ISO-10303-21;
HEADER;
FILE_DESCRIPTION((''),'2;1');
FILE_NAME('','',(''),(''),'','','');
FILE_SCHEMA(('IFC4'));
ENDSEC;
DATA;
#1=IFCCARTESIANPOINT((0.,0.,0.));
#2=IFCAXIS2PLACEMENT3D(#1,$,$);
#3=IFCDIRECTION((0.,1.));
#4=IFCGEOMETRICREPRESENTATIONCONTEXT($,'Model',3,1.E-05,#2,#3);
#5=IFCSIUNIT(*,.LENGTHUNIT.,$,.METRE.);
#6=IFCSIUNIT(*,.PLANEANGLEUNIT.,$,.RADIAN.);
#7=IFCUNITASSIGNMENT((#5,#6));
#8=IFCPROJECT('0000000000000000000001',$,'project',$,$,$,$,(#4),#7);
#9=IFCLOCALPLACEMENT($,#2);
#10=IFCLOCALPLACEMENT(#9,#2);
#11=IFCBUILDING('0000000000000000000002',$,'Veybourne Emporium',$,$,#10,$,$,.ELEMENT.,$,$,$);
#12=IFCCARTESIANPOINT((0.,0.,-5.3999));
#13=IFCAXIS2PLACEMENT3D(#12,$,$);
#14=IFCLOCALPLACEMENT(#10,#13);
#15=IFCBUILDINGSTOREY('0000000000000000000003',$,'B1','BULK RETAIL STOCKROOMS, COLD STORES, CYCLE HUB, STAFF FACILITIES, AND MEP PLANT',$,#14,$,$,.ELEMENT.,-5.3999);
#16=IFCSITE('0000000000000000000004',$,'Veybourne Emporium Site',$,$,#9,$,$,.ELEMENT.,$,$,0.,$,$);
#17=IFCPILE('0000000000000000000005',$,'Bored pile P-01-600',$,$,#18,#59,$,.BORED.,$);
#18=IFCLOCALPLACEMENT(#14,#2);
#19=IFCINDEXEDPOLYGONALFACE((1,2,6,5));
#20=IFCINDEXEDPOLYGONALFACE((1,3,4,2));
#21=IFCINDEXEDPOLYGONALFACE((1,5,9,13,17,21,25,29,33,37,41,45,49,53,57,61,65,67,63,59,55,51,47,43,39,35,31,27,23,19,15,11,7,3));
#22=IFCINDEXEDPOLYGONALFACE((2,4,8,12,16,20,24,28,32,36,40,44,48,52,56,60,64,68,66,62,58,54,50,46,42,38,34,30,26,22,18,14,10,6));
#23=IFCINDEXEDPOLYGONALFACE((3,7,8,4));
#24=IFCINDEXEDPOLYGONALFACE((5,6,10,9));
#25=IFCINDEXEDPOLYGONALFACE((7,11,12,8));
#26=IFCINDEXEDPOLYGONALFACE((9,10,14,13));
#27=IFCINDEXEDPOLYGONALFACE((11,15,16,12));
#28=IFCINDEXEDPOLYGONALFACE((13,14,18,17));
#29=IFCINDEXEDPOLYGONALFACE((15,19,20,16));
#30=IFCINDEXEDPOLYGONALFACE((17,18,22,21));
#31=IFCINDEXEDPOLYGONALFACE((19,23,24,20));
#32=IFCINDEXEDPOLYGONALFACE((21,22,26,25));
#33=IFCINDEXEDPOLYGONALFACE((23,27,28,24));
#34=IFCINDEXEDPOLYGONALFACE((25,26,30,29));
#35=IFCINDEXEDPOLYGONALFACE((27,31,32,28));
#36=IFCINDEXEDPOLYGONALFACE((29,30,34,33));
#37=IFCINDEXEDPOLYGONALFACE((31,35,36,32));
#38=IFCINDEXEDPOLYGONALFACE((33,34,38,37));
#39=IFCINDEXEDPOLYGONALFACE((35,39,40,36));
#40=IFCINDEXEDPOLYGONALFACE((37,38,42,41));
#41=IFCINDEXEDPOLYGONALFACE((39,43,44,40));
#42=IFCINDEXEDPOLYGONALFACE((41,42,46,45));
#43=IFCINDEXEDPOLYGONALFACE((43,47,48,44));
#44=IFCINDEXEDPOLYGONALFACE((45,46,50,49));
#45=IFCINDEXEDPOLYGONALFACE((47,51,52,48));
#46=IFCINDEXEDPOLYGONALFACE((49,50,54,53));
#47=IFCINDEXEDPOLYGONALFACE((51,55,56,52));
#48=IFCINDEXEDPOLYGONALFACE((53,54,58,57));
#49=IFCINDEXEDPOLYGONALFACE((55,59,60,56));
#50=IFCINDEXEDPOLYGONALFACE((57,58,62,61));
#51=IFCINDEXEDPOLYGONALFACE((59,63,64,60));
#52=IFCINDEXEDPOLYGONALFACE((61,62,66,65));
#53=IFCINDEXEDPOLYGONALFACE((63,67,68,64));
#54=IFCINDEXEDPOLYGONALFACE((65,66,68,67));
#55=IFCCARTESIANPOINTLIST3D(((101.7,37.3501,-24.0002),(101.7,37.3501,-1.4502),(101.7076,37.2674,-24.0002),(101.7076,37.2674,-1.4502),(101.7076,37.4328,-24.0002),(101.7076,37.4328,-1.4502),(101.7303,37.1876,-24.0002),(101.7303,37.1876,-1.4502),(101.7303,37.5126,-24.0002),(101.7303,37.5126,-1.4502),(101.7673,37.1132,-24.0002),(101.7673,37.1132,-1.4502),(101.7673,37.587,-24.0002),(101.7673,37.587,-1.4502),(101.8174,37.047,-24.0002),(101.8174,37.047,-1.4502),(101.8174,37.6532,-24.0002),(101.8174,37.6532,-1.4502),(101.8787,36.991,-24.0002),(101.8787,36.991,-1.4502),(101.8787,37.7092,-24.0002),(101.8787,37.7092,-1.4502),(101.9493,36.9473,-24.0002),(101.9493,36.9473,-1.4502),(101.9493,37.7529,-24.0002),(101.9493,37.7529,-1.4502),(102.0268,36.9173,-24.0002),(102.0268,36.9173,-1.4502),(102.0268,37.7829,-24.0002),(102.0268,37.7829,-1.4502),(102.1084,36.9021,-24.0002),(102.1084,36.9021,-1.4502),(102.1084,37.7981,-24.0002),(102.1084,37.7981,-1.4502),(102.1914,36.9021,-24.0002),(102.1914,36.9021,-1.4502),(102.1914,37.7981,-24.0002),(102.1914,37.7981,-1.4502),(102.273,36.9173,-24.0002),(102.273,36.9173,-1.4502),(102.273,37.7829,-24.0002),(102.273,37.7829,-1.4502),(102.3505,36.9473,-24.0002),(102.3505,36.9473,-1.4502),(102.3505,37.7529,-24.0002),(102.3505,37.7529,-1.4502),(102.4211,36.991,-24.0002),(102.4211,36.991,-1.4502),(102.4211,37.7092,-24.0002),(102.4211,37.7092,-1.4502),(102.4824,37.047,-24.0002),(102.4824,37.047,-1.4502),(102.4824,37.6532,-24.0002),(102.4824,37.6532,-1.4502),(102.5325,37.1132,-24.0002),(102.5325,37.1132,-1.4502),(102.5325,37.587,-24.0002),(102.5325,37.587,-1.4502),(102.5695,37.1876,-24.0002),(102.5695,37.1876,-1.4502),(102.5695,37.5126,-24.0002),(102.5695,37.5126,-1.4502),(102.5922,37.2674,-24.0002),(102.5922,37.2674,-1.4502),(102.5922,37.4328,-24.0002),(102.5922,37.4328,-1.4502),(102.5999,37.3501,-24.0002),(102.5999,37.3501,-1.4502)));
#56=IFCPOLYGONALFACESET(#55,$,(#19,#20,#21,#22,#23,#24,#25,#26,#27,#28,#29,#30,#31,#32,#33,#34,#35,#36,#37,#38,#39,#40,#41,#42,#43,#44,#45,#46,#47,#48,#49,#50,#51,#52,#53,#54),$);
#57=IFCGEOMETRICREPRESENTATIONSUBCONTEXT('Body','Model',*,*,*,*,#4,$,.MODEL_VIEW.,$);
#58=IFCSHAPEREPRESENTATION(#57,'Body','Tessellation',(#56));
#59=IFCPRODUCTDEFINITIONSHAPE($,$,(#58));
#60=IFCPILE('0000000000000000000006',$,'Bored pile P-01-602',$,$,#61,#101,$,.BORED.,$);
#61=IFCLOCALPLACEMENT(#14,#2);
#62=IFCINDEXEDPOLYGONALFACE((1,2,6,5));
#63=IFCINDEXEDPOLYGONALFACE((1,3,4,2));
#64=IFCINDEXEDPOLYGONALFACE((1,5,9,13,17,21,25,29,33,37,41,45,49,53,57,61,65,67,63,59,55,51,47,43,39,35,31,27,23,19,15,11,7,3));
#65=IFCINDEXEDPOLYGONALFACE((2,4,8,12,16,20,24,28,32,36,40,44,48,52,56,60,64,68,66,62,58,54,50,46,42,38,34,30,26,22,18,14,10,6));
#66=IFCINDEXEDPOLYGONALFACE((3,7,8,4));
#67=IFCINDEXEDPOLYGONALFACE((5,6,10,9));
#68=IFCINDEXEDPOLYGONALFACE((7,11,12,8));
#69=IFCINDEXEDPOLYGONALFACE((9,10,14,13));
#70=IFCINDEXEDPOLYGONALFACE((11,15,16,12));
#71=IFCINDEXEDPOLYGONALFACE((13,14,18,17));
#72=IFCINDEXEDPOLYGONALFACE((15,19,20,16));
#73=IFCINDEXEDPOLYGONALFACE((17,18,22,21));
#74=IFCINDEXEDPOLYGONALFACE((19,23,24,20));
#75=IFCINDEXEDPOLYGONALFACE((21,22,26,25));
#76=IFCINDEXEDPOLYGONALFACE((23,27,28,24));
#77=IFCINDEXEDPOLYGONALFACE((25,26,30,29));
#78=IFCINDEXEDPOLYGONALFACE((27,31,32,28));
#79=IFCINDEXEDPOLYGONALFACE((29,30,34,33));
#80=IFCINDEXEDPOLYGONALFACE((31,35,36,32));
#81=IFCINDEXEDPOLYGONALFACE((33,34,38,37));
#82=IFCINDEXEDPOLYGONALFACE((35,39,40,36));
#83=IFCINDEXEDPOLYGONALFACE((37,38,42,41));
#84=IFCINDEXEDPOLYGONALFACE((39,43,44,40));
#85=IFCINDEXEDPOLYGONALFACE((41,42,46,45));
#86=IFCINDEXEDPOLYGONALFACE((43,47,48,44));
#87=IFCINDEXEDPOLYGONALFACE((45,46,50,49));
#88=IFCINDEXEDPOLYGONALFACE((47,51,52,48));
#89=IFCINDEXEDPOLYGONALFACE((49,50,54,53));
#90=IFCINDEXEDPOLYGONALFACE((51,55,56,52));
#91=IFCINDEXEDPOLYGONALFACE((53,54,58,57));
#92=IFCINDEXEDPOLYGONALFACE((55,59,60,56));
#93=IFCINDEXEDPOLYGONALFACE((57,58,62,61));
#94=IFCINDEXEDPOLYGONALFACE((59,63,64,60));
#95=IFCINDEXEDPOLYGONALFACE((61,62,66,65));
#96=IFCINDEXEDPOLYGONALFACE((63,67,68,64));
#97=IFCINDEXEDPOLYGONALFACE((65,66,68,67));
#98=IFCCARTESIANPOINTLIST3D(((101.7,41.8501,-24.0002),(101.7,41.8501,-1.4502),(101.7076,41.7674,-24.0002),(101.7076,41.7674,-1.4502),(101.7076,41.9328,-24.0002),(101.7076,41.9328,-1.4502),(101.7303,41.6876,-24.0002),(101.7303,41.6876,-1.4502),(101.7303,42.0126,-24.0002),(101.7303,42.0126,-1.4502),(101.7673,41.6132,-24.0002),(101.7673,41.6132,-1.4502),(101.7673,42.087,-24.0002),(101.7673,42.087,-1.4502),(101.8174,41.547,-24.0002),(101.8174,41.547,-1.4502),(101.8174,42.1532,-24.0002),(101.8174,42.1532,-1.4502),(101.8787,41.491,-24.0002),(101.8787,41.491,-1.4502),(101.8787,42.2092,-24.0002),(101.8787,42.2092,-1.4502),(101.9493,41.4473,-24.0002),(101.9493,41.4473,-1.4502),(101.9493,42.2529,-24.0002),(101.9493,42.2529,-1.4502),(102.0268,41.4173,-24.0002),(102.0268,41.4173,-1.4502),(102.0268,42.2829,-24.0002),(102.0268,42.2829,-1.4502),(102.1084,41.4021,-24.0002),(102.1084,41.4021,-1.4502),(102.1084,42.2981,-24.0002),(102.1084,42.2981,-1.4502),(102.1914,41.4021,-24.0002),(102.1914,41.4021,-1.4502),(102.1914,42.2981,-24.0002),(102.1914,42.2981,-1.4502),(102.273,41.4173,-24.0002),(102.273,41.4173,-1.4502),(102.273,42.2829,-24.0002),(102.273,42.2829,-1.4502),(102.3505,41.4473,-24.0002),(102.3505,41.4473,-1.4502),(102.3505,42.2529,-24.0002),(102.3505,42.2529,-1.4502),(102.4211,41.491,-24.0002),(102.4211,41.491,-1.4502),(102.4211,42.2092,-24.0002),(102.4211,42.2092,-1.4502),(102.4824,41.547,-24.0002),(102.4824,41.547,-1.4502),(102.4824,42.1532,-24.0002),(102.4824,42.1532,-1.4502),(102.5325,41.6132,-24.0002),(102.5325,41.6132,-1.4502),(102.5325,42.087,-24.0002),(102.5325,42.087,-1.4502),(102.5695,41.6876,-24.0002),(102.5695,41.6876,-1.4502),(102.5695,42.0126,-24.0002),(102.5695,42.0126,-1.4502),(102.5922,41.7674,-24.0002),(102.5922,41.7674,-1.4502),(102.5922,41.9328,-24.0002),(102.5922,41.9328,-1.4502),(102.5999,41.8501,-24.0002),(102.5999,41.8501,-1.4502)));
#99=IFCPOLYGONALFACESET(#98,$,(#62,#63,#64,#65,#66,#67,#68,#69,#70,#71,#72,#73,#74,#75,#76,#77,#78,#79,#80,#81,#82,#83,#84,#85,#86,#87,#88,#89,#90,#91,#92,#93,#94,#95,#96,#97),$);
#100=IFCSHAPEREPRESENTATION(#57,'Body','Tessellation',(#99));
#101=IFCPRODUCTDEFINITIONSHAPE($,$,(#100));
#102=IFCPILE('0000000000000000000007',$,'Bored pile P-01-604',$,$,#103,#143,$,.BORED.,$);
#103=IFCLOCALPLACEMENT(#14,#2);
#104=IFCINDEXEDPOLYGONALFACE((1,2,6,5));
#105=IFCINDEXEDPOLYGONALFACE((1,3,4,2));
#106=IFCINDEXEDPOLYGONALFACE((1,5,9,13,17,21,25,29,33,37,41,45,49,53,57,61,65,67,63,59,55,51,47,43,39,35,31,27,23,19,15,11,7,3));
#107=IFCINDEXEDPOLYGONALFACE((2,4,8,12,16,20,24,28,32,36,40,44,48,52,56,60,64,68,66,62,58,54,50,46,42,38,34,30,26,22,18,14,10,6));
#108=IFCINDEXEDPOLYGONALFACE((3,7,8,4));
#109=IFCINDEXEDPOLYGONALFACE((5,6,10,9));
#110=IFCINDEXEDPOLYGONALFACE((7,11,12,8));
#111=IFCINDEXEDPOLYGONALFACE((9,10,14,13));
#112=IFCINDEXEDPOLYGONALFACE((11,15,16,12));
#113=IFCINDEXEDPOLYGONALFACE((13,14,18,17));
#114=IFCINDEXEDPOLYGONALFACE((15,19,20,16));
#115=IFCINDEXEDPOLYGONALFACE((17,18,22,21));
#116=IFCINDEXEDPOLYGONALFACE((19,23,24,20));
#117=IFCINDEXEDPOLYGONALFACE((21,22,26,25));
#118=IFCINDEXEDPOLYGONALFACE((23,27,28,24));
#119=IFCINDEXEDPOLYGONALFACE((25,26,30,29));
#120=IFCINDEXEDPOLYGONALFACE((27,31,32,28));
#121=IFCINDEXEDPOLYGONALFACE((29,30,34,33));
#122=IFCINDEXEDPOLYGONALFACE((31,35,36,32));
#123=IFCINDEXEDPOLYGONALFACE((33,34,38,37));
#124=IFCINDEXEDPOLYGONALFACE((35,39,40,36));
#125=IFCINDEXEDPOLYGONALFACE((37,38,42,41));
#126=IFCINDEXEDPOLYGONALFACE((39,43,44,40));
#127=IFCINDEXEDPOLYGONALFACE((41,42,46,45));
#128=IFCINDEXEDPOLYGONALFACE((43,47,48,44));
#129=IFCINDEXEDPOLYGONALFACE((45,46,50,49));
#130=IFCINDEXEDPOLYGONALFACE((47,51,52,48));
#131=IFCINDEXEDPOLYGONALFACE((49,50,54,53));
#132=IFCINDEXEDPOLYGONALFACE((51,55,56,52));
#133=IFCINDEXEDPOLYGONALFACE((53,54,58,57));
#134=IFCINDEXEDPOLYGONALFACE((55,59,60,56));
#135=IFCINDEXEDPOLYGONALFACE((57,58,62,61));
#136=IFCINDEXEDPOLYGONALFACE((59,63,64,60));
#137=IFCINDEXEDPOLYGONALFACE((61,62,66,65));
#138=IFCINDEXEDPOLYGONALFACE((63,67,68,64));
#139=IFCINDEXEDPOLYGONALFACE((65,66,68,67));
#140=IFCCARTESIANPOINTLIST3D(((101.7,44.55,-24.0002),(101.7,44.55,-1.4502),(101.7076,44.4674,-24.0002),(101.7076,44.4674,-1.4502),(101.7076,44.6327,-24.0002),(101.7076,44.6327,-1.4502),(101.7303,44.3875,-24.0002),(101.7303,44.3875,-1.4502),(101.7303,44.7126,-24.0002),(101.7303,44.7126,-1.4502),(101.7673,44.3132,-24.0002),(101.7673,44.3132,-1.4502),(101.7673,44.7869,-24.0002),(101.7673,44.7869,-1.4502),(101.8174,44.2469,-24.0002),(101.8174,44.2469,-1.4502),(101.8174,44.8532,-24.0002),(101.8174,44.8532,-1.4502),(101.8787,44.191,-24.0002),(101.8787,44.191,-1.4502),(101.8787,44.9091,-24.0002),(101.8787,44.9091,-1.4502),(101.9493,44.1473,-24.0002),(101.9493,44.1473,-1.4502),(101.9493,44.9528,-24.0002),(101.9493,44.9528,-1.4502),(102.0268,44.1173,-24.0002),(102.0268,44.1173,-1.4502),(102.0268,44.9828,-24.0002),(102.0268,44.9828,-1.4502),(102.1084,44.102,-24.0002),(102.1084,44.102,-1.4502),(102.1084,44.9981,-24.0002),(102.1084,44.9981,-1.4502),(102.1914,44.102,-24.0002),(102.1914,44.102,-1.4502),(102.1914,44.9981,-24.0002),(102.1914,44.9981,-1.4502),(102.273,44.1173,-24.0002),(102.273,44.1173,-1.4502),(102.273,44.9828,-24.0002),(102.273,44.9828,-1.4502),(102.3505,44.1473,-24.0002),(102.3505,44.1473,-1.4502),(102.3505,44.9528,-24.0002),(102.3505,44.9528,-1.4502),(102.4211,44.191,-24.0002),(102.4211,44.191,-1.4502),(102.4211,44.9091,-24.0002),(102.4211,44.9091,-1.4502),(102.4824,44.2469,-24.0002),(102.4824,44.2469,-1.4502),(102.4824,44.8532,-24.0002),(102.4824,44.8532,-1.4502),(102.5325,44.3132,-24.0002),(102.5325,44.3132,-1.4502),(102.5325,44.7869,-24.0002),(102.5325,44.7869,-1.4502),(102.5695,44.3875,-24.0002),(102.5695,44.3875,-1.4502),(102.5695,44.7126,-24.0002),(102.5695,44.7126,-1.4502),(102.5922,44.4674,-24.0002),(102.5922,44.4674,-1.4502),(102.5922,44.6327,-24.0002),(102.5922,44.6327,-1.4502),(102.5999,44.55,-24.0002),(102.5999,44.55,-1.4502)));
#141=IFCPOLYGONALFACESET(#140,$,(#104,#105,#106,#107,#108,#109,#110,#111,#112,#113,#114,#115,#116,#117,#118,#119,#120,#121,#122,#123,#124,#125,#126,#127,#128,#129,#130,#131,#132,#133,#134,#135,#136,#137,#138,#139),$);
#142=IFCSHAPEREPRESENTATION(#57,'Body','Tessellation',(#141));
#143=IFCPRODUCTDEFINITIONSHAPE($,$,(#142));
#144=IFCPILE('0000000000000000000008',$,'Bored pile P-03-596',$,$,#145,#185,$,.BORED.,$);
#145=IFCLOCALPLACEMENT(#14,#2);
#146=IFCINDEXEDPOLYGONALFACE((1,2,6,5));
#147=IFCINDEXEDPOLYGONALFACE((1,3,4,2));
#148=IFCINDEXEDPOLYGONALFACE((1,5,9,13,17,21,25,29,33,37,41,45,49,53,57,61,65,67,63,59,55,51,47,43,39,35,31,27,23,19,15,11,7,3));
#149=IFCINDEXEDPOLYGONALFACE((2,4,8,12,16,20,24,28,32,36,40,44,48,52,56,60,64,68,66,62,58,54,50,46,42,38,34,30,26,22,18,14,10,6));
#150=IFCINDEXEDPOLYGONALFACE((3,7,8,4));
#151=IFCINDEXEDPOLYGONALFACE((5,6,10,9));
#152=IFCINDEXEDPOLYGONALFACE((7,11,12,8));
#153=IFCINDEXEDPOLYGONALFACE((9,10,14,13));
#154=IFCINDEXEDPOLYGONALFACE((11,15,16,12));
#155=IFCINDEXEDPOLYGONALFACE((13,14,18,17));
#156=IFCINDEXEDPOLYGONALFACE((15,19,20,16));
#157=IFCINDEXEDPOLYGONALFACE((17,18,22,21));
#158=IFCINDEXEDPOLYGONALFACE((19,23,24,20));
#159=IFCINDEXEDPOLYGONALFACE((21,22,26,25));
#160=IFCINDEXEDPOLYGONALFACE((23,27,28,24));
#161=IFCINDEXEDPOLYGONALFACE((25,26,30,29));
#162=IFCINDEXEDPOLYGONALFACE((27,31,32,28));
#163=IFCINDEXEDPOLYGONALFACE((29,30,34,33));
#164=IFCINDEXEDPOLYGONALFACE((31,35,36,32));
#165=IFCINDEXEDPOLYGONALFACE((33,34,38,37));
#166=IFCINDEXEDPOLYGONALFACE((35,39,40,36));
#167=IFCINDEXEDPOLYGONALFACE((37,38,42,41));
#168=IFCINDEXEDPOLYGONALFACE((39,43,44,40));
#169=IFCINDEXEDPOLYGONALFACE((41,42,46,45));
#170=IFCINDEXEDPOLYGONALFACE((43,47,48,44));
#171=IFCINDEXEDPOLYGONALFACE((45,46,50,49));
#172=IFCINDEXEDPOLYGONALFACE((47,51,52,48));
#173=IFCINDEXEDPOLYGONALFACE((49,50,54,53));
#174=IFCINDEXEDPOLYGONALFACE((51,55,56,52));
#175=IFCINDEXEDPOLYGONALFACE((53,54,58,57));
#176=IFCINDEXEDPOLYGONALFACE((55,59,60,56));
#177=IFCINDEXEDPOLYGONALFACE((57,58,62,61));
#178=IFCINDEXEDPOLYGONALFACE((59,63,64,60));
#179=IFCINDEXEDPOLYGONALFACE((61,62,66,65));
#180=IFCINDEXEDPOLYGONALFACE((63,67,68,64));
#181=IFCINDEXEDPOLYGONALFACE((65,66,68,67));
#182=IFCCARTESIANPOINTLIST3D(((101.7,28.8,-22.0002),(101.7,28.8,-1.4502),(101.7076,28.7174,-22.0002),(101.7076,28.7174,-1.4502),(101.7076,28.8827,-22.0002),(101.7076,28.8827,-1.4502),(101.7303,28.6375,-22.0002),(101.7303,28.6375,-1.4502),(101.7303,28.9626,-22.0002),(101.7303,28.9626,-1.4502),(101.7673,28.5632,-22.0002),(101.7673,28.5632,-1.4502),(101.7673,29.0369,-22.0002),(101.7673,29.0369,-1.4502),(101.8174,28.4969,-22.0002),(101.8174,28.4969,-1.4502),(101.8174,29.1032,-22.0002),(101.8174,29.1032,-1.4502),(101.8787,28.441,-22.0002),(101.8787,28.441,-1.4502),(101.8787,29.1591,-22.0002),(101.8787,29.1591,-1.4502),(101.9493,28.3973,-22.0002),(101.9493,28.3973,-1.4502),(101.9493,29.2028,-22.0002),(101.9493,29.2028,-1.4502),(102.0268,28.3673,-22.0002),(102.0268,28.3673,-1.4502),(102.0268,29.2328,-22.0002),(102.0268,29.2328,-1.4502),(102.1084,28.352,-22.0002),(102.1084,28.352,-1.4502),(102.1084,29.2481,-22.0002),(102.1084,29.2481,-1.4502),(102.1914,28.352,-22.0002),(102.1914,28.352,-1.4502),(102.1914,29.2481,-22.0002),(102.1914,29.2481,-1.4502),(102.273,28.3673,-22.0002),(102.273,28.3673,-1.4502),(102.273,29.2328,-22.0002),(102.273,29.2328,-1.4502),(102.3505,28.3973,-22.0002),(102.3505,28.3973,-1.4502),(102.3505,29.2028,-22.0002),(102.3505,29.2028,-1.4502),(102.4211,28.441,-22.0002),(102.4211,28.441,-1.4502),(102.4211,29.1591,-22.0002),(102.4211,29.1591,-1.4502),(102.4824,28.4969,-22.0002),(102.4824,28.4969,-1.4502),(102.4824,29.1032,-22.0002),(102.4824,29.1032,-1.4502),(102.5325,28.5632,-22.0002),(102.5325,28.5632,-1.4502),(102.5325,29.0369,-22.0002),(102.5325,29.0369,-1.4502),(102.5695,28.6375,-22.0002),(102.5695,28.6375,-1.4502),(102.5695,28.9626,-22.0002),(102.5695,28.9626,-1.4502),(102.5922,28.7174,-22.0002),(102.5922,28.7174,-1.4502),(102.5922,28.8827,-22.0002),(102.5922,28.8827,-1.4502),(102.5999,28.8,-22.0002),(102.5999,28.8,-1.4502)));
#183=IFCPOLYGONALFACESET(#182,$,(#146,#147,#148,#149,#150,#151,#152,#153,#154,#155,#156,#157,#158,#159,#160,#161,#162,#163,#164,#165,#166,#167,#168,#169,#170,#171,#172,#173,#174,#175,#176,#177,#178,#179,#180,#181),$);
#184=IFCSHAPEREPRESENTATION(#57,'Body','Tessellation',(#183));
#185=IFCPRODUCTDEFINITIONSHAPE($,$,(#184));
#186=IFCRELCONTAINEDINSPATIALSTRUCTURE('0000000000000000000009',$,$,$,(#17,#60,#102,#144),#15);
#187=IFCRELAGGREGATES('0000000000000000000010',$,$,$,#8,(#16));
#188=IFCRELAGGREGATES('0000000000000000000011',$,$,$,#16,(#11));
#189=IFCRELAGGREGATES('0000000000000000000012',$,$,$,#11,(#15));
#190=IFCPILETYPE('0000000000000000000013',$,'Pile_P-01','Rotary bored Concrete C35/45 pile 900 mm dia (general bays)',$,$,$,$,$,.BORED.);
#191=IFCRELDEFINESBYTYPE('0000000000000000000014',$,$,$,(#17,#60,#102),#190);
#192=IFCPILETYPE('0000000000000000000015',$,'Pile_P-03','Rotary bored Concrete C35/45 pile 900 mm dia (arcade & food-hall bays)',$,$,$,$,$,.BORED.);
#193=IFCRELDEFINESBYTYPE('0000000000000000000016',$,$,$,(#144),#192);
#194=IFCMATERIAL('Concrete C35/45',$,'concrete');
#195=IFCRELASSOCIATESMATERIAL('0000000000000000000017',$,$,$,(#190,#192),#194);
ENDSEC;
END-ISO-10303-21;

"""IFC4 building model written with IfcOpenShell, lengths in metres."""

from ifc_helpers import new_model, si_unit, direction, frame, origin, origin_2d, place, context, subcontext, project, spatial, circle, extrude, material, material_profile, profile_set, type_object, element, save


model = new_model("IFC4")

# Units and contexts
model_context = context("Model", 3, precision=1e-05, world=origin(), true_north=direction((0.0, 1.0)))
body_context = subcontext(model_context, "Body", "Model", "MODEL_VIEW")
ifc_project = project(units=[si_unit("LENGTHUNIT", "METRE"), si_unit("PLANEANGLEUNIT", "RADIAN")], contexts=[model_context])

# Site, building, storey
site_placement = place(None, origin())
site = spatial("IfcSite", under=ifc_project, at=site_placement, Name="Veybourne Emporium Site", CompositionType="ELEMENT", RefElevation=0.0)
building_placement = place(site_placement, origin())
building = spatial("IfcBuilding", under=site, at=building_placement, Name="Veybourne Emporium", CompositionType="ELEMENT")
storey_placement = place(building_placement, frame((0.0, 0.0, -5.3999)))
storey = spatial("IfcBuildingStorey", under=building, at=storey_placement, Name="B1", Description="BULK RETAIL STOCKROOMS, COLD STORES, CYCLE HUB, STAFF FACILITIES, AND MEP PLANT", CompositionType="ELEMENT", Elevation=-5.3999)

# Shared definitions
ifc_material_1 = material(Name="Concrete C35/45", Category="concrete")

# Piles
ifc_material_profile_1 = material_profile(ifc_material_1, circle(Radius=0.45, at=origin_2d()), Name="BORED PILE 900")
ifc_profile_set_1 = profile_set([ifc_material_profile_1], Name="Concrete C35/45")
pile_type_1 = type_object("IfcPileType", Name="Pile_P-01", Description="Rotary bored Concrete C35/45 pile 900 mm dia (general bays)", PredefinedType="BORED", material=ifc_profile_set_1)
for number, where, z_axis, x_axis, name in (
    (1, (102.1499, 37.3501, -1.4502), (0.0, 0.0, -1.0), (1.0, 0.0, 0.0), "Bored pile P-01-600"),
    (2, (102.1499, 41.8501, -1.4502), (0.0, 0.0, -1.0), (1.0, 0.0, 0.0), "Bored pile P-01-602"),
    (3, (102.1499, 44.55, -1.4502), (0.0, 0.0, -1.0), (1.0, 0.0, 0.0), "Bored pile P-01-604"),
):
    element("IfcPile", number, at=place(storey_placement, frame(where, z_axis=z_axis, x_axis=x_axis)), inside=storey, type_object=pile_type_1, Name=name, PredefinedType="BORED", context=body_context, shape_type="SweptSolid", body=[
        extrude(circle(Radius=0.45, at=origin_2d()), origin(), (0.0, 0.0, 1.0), 22.55),
    ])
ifc_material_profile_2 = material_profile(ifc_material_1, circle(Radius=0.45, at=origin_2d()), Name="BORED PILE 900")
ifc_profile_set_2 = profile_set([ifc_material_profile_2], Name="Concrete C35/45")
pile_type_2 = type_object("IfcPileType", Name="Pile_P-03", Description="Rotary bored Concrete C35/45 pile 900 mm dia (arcade & food-hall bays)", PredefinedType="BORED", material=ifc_profile_set_2)
for number, where, z_axis, x_axis, name in (
    (4, (102.1499, 28.8, -1.4502), (0.0, 0.0, -1.0), (1.0, 0.0, 0.0), "Bored pile P-03-596"),
):
    element("IfcPile", number, at=place(storey_placement, frame(where, z_axis=z_axis, x_axis=x_axis)), inside=storey, type_object=pile_type_2, Name=name, PredefinedType="BORED", context=body_context, shape_type="SweptSolid", body=[
        extrude(circle(Radius=0.45, at=origin_2d()), origin(), (0.0, 0.0, 1.0), 20.55),
    ])

save(model, "model.ifc")
